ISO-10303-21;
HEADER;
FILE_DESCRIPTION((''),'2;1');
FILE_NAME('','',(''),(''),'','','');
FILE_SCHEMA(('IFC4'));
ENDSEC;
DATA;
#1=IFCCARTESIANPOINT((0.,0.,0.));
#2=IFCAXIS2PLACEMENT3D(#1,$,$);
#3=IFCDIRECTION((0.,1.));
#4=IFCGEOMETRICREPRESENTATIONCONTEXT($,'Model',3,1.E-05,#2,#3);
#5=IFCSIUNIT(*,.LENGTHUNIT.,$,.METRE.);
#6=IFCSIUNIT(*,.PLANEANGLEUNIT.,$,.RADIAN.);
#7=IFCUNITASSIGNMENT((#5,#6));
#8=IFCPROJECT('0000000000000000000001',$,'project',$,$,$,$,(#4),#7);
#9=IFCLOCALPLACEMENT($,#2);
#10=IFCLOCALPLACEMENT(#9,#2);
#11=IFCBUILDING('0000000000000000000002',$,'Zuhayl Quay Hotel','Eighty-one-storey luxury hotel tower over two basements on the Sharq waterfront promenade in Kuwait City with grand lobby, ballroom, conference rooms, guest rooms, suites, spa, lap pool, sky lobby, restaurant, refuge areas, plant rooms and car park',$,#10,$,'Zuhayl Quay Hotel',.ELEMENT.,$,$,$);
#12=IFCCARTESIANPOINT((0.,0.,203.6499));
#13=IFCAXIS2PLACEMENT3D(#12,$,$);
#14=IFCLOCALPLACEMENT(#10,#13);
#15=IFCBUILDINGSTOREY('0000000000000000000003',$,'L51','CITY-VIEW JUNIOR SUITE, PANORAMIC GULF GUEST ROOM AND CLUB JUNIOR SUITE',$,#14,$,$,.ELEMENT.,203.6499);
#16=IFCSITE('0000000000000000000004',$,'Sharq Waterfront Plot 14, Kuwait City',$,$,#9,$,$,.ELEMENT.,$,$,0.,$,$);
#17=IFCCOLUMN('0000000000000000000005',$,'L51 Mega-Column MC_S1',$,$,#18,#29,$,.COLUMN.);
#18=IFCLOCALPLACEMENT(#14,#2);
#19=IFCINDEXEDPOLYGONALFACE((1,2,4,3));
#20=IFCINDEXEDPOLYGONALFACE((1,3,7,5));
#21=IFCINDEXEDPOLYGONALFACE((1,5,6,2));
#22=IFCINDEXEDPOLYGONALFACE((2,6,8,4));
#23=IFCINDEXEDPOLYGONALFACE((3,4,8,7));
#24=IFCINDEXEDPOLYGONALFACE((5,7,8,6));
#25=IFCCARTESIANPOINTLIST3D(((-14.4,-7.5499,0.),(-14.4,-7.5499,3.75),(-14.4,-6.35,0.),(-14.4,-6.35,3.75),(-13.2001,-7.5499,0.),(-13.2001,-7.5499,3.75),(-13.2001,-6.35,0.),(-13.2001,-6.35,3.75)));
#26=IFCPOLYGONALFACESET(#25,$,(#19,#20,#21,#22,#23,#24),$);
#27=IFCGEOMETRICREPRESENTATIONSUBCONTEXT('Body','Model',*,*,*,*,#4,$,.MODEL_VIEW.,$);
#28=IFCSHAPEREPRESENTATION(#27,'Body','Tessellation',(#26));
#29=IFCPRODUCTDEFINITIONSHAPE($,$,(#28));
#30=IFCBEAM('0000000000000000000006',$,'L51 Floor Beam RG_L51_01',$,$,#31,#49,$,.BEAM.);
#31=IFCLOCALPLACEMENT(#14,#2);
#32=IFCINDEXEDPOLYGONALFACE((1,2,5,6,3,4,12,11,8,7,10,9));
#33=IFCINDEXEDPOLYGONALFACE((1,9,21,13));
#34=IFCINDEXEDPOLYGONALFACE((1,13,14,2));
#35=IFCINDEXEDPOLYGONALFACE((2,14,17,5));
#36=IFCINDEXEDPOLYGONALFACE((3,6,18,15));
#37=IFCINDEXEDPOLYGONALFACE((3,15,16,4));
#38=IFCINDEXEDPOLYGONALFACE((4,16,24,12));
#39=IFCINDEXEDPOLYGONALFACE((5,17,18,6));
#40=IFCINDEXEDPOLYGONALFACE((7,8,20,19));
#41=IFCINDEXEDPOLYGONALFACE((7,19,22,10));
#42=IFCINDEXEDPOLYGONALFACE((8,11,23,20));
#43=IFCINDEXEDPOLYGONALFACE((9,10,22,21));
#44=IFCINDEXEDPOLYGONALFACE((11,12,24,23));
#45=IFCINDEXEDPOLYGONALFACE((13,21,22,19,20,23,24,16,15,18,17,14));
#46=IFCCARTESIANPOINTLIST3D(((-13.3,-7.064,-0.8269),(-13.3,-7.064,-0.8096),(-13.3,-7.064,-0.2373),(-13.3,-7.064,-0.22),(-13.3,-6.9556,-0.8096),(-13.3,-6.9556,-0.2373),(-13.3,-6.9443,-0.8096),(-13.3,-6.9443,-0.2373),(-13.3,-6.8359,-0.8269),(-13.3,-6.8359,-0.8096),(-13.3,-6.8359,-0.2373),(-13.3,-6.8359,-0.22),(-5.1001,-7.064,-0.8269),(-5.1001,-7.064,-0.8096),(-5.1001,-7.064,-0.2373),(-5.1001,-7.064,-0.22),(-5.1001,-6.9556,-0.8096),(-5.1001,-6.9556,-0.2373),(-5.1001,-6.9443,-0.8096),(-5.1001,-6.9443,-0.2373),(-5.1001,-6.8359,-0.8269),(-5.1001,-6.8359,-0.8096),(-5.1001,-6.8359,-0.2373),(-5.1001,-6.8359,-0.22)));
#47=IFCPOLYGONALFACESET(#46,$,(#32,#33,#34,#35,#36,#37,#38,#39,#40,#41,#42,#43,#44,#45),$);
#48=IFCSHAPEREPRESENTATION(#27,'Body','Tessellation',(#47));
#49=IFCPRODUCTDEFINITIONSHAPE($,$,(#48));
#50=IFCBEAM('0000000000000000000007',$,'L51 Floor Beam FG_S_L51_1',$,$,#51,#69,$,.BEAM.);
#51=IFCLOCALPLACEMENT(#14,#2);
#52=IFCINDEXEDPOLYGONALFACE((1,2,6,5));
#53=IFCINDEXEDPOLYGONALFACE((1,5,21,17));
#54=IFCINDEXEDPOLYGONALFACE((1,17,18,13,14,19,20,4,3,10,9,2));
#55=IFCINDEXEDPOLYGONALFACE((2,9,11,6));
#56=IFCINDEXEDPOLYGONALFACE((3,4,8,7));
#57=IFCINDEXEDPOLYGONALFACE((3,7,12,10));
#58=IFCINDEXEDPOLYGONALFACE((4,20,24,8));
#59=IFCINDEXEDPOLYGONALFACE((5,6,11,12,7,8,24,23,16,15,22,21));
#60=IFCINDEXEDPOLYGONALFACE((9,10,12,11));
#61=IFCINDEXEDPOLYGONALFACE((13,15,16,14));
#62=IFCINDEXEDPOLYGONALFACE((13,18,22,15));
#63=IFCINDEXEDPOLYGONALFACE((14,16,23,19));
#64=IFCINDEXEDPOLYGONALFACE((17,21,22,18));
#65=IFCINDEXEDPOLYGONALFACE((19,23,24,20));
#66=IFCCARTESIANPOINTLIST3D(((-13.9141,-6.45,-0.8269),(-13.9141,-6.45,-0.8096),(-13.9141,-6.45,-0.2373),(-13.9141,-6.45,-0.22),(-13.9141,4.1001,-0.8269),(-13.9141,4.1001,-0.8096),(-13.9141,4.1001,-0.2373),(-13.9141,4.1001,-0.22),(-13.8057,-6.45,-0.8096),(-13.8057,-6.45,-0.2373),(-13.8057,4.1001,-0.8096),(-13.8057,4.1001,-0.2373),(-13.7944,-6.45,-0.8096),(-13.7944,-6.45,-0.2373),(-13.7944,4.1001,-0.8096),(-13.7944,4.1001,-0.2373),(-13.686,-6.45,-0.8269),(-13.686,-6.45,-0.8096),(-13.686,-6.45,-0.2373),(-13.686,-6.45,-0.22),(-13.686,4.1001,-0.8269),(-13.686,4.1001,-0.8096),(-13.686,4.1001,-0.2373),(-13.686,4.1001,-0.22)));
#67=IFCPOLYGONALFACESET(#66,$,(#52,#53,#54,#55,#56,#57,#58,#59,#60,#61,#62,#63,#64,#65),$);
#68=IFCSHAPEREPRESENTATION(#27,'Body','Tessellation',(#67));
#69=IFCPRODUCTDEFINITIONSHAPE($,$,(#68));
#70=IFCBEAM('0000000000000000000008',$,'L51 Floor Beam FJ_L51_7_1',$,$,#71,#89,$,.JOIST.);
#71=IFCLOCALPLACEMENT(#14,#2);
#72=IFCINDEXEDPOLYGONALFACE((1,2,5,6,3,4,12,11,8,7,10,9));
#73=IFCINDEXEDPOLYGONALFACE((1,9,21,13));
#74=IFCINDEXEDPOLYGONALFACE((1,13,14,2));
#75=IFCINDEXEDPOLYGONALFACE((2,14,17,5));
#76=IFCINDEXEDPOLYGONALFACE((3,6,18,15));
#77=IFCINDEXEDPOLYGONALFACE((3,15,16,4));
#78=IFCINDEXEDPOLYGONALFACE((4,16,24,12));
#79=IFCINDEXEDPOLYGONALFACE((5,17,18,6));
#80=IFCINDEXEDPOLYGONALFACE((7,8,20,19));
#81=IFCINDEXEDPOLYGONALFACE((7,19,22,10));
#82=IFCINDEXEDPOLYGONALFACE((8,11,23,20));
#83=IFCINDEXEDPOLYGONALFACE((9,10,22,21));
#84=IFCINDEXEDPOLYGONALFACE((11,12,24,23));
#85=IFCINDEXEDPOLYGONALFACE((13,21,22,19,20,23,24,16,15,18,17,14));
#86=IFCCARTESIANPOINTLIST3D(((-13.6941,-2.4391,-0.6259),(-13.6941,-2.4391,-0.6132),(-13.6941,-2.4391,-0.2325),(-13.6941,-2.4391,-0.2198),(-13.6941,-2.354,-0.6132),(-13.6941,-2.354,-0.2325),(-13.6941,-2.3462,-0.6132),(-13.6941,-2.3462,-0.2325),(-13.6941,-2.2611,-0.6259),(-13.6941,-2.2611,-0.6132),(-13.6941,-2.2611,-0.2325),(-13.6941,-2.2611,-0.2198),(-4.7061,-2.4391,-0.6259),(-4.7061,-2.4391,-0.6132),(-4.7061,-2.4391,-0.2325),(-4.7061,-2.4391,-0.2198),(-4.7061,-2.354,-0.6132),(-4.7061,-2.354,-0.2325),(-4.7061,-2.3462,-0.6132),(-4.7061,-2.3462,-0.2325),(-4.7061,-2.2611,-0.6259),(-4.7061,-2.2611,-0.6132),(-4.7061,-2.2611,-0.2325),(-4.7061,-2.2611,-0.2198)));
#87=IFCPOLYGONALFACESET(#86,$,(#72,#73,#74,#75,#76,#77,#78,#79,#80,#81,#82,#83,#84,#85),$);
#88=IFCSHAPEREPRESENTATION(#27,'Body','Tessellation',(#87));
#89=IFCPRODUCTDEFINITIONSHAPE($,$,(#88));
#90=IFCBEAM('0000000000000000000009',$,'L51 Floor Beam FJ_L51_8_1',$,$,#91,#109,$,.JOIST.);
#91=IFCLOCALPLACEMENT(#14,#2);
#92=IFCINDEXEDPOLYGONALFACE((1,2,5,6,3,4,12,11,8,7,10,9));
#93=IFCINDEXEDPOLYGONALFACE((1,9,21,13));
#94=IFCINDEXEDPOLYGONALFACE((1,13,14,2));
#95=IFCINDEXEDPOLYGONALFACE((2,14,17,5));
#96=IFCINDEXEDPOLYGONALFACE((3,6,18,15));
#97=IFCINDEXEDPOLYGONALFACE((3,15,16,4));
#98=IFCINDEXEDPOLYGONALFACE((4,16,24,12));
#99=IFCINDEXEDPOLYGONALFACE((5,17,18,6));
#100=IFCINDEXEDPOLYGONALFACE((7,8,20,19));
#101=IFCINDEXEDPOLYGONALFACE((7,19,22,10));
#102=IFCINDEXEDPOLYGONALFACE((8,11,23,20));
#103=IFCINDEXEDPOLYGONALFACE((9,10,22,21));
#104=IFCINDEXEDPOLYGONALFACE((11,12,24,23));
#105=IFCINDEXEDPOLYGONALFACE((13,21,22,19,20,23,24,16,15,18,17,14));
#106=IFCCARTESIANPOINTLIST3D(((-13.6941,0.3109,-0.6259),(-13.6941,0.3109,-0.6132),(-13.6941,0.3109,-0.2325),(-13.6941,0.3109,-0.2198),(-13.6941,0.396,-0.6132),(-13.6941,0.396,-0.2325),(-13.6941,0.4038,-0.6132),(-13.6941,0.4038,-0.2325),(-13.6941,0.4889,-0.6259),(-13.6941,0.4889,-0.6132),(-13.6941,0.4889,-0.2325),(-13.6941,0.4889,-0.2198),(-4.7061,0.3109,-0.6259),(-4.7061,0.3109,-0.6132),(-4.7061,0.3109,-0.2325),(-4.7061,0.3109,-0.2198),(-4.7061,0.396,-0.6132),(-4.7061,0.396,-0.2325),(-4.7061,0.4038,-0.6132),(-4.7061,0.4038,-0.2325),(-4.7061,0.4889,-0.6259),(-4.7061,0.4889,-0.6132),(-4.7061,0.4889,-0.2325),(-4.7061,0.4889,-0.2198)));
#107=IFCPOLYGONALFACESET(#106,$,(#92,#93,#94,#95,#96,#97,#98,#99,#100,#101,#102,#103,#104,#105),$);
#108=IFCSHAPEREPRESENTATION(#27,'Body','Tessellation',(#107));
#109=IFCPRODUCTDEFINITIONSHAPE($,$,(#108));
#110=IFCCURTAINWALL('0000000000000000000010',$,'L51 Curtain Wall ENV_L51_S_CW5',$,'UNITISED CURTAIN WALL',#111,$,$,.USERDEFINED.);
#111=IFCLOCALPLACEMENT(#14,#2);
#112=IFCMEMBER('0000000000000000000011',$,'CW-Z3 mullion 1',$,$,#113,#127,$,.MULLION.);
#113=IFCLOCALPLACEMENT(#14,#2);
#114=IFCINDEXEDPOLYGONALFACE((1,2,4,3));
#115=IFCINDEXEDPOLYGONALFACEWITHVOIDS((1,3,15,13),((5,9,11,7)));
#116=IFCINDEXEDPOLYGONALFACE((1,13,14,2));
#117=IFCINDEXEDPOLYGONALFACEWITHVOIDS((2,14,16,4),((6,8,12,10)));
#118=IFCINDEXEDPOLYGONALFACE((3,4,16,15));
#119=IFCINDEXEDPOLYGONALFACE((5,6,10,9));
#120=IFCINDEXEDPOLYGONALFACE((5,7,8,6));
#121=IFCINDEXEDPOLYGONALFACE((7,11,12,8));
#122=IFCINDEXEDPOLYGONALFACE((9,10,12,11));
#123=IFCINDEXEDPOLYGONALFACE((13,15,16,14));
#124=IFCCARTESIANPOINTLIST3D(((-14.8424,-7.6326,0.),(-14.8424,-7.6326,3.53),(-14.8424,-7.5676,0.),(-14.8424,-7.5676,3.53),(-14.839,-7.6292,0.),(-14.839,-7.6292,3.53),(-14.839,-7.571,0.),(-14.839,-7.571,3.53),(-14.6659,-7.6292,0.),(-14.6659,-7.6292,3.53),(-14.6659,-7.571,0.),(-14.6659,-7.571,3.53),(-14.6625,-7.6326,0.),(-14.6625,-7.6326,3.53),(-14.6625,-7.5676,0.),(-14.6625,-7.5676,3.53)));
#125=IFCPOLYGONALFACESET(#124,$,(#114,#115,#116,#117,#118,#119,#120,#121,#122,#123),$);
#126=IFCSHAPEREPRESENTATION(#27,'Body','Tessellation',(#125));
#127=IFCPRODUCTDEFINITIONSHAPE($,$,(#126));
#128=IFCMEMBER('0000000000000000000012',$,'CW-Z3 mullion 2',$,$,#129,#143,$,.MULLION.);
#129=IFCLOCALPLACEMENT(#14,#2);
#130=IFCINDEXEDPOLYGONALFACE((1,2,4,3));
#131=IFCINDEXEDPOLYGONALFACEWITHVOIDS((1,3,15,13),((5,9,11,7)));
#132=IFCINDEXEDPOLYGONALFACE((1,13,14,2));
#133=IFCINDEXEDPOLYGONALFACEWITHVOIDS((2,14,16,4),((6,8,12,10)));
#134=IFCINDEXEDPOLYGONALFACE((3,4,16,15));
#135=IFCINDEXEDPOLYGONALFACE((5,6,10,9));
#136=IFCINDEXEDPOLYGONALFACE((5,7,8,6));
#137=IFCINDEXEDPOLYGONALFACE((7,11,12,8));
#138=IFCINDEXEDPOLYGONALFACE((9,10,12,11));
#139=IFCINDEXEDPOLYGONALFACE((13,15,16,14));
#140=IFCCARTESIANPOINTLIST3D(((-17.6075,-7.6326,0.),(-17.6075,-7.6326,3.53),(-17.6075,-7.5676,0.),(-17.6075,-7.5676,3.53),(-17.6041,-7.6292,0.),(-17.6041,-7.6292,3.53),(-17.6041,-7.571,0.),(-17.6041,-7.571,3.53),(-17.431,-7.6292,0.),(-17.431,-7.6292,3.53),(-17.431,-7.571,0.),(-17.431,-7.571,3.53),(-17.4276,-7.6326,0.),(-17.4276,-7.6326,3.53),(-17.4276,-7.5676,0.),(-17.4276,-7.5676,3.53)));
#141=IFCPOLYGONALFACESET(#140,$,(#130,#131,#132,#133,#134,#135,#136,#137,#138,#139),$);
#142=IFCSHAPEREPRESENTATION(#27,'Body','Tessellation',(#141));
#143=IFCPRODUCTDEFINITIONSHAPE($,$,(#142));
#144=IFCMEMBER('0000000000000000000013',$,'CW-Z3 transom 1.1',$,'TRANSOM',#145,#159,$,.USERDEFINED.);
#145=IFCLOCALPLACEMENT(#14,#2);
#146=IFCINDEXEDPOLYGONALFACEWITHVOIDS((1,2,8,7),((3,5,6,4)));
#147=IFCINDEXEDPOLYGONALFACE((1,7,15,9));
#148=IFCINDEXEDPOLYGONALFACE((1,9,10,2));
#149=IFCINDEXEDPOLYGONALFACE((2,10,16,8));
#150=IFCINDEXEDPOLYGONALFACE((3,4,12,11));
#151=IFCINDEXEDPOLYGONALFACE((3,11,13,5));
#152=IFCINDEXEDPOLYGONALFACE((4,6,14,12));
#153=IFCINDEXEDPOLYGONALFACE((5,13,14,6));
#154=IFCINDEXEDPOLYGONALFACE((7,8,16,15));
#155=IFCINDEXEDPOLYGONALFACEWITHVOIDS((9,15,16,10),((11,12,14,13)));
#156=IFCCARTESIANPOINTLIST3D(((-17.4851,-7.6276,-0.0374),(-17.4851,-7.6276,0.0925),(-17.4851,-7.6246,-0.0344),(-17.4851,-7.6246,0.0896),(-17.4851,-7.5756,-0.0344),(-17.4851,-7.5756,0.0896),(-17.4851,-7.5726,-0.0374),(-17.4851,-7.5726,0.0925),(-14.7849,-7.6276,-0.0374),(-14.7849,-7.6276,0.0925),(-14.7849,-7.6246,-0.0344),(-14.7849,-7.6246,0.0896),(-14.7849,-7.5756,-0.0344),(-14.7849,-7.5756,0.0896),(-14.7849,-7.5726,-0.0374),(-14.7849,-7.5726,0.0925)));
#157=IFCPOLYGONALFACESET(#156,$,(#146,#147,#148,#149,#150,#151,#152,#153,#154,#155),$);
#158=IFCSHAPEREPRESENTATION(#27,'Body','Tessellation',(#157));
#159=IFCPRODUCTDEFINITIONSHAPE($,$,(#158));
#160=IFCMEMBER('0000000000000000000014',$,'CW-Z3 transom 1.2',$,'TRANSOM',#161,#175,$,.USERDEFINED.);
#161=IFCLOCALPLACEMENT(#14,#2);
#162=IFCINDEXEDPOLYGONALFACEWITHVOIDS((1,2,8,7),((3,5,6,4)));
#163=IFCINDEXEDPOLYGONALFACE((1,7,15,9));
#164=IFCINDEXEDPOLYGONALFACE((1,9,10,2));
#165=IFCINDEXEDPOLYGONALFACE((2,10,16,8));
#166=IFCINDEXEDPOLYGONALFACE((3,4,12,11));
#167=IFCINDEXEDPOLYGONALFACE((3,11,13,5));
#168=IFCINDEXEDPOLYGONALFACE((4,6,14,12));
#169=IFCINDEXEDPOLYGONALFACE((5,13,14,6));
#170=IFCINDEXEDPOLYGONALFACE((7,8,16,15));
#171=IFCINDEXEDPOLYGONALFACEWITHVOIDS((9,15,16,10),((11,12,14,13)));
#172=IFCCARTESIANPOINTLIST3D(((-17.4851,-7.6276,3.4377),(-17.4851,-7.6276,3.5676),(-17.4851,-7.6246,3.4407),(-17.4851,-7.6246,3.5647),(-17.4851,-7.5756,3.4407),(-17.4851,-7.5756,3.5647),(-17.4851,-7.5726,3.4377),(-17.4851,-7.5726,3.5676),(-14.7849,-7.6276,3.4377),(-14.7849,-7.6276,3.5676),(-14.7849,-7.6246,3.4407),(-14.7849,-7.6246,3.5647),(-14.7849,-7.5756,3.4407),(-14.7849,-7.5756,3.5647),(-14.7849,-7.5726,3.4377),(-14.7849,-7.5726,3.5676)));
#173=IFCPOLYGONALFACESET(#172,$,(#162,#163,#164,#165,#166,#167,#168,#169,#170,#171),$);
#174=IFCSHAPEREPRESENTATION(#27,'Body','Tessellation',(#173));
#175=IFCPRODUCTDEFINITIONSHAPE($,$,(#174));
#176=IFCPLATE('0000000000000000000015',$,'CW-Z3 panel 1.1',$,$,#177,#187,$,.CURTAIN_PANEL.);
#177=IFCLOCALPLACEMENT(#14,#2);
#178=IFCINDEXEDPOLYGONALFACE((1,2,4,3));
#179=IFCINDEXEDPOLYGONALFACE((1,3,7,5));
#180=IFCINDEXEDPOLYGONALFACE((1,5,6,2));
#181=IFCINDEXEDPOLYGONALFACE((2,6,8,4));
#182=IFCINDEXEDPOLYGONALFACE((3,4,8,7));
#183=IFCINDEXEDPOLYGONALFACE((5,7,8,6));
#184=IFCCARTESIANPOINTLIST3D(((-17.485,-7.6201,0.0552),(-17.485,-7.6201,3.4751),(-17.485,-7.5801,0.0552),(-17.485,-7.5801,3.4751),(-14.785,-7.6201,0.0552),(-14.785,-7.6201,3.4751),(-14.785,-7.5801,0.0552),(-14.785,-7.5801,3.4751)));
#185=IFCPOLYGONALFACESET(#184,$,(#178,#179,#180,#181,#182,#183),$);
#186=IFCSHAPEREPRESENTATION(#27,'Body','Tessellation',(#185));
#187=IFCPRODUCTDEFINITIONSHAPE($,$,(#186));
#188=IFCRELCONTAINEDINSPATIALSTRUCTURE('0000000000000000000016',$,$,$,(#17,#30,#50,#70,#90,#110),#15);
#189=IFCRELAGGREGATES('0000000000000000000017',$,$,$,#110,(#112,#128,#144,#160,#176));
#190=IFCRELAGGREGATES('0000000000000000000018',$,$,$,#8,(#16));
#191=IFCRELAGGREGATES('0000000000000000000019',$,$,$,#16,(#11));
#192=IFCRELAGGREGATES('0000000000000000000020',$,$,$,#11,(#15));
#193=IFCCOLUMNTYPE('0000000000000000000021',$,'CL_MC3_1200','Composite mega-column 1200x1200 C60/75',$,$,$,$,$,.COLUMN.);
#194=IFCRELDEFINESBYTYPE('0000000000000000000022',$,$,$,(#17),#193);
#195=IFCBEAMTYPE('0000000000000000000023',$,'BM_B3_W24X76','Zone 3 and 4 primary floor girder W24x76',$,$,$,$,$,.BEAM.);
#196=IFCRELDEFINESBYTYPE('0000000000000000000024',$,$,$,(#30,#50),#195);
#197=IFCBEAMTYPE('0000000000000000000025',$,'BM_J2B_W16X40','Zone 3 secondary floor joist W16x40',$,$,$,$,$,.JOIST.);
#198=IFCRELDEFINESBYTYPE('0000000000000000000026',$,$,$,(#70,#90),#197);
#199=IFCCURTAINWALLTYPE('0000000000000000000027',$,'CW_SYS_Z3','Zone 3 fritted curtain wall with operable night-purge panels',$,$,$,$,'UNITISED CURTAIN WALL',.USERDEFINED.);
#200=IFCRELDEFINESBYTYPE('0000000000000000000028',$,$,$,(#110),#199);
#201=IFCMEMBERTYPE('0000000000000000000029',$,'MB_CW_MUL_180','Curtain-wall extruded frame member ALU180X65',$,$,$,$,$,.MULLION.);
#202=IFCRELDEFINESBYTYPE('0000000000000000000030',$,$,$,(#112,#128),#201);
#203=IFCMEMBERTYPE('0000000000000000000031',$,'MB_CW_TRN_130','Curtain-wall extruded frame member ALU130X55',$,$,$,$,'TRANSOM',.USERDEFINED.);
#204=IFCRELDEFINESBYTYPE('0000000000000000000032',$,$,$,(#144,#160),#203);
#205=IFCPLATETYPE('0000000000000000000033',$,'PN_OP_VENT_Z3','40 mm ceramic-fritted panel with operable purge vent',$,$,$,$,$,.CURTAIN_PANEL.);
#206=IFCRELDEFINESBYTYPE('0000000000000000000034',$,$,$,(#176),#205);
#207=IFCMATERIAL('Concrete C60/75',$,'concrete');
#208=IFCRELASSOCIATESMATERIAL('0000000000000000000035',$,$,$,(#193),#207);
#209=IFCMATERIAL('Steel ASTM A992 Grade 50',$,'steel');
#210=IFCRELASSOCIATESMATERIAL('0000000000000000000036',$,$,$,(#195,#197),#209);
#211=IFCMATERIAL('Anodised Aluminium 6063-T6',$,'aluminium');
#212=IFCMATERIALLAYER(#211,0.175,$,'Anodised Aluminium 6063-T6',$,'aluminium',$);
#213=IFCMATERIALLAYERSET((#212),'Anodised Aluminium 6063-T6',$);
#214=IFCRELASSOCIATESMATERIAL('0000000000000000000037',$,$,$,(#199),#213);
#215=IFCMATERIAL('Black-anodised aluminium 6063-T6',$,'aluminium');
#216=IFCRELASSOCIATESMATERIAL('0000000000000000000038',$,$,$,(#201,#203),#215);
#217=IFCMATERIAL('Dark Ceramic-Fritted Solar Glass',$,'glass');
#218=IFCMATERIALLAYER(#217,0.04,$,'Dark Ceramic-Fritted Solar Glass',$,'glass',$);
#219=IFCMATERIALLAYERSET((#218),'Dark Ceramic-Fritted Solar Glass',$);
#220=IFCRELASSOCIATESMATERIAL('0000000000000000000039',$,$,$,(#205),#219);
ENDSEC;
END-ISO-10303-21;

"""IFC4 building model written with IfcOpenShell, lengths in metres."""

from ifc_helpers import new_model, si_unit, direction, frame, origin, origin_2d, place, context, subcontext, project, spatial, rectangle, hollow_rectangle, i_section, extrude, material, layer, layer_set, material_profile, profile_set, type_object, element, aggregate, save


model = new_model("IFC4")

# Units and contexts
model_context = context("Model", 3, precision=1e-05, world=origin(), true_north=direction((0.0, 1.0)))
body_context = subcontext(model_context, "Body", "Model", "MODEL_VIEW")
ifc_project = project(units=[si_unit("LENGTHUNIT", "METRE"), si_unit("PLANEANGLEUNIT", "RADIAN")], contexts=[model_context])

# Site, building, storey
site_placement = place(None, origin())
site = spatial("IfcSite", under=ifc_project, at=site_placement, Name="Sharq Waterfront Plot 14, Kuwait City", CompositionType="ELEMENT", RefElevation=0.0)
building_placement = place(site_placement, origin())
building = spatial("IfcBuilding", under=site, at=building_placement, Name="Zuhayl Quay Hotel", Description="Eighty-one-storey luxury hotel tower over two basements on the Sharq waterfront promenade in Kuwait City with grand lobby, ballroom, conference rooms, guest rooms, suites, spa, lap pool, sky lobby, restaurant, refuge areas, plant rooms and car park", LongName="Zuhayl Quay Hotel", CompositionType="ELEMENT")
storey_placement = place(building_placement, frame((0.0, 0.0, 203.6499)))
storey = spatial("IfcBuildingStorey", under=building, at=storey_placement, Name="L51", Description="CITY-VIEW JUNIOR SUITE, PANORAMIC GULF GUEST ROOM AND CLUB JUNIOR SUITE", CompositionType="ELEMENT", Elevation=203.6499)

# Column
ifc_material_1 = material(Name="Concrete C60/75", Category="concrete")
ifc_material_profile_1 = material_profile(ifc_material_1, rectangle(XDim=1.2, YDim=1.2, at=origin_2d()), Name="RC1200X1200")
ifc_profile_set_1 = profile_set([ifc_material_profile_1], Name="Concrete C60/75")
column_type = type_object("IfcColumnType", Name="CL_MC3_1200", Description="Composite mega-column 1200x1200 C60/75", PredefinedType="COLUMN", material=ifc_profile_set_1)
column_placement = place(storey_placement, frame((-13.8, -6.95, 0.0), z_axis=(0.0, 0.0, 1.0), x_axis=(1.0, 0.0, 0.0)))
element("IfcColumn", 1, at=column_placement, inside=storey, type_object=column_type, Name="L51 Mega-Column MC_S1", PredefinedType="COLUMN", context=body_context, shape_type="SweptSolid", body=[
    extrude(rectangle(XDim=1.2, YDim=1.2, at=origin_2d()), origin(), (0.0, 0.0, 1.0), 3.75),
])

# Beams
ifc_material_2 = material(Name="Steel ASTM A992 Grade 50", Category="steel")
ifc_material_profile_2 = material_profile(ifc_material_2, i_section(OverallWidth=0.228, OverallDepth=0.6069, WebThickness=0.0112, FlangeThickness=0.0173, at=origin_2d()), Name="W24X76")
ifc_profile_set_2 = profile_set([ifc_material_profile_2], Name="Steel ASTM A992 Grade 50")
beam_type_1 = type_object("IfcBeamType", Name="BM_B3_W24X76", Description="Zone 3 and 4 primary floor girder W24x76", PredefinedType="BEAM", material=ifc_profile_set_2)
beam_1_placement = place(storey_placement, frame((-13.3, -6.95, -0.5234), z_axis=(1.0, 0.0, 0.0), x_axis=(0.0, 1.0, 0.0)))
element("IfcBeam", 2, at=beam_1_placement, inside=storey, type_object=beam_type_1, Name="L51 Floor Beam RG_L51_01", PredefinedType="BEAM", context=body_context, shape_type="SweptSolid", body=[
    extrude(i_section(OverallWidth=0.228, OverallDepth=0.6069, WebThickness=0.0112, FlangeThickness=0.0173, at=origin_2d()), origin(), (0.0, 0.0, 1.0), 8.2),
])
beam_2_placement = place(storey_placement, frame((-13.8, -6.45, -0.5234), z_axis=(0.0, 1.0, 0.0), x_axis=(-1.0, 0.0, 0.0)))
element("IfcBeam", 3, at=beam_2_placement, inside=storey, type_object=beam_type_1, Name="L51 Floor Beam FG_S_L51_1", PredefinedType="BEAM", context=body_context, shape_type="SweptSolid", body=[
    extrude(i_section(OverallWidth=0.228, OverallDepth=0.6069, WebThickness=0.0112, FlangeThickness=0.0173, at=origin_2d()), origin(), (0.0, 0.0, 1.0), 10.55),
])
ifc_material_profile_3 = material_profile(ifc_material_2, i_section(OverallWidth=0.178, OverallDepth=0.406, WebThickness=0.0078, FlangeThickness=0.0127, at=origin_2d()), Name="W16X40")
ifc_profile_set_3 = profile_set([ifc_material_profile_3], Name="Steel ASTM A992 Grade 50")
beam_type_2 = type_object("IfcBeamType", Name="BM_J2B_W16X40", Description="Zone 3 secondary floor joist W16x40", PredefinedType="JOIST", material=ifc_profile_set_3)
for number, where, z_axis, x_axis, name in (
    (4, (-13.6941, -2.3501, -0.4229), (1.0, 0.0, 0.0), (0.0, 1.0, 0.0), "L51 Floor Beam FJ_L51_7_1"),
    (5, (-13.6941, 0.3999, -0.4229), (1.0, 0.0, 0.0), (0.0, 1.0, 0.0), "L51 Floor Beam FJ_L51_8_1"),
):
    element("IfcBeam", number, at=place(storey_placement, frame(where, z_axis=z_axis, x_axis=x_axis)), inside=storey, type_object=beam_type_2, Name=name, PredefinedType="JOIST", context=body_context, shape_type="SweptSolid", body=[
        extrude(i_section(OverallWidth=0.178, OverallDepth=0.406, WebThickness=0.0078, FlangeThickness=0.0127, at=origin_2d()), origin(), (0.0, 0.0, 1.0), 8.988),
    ])

# Curtain wall, members, plate
ifc_material_3 = material(Name="Anodised Aluminium 6063-T6", Category="aluminium")
ifc_layer_1 = layer(ifc_material_3, 0.175, Name="Anodised Aluminium 6063-T6", Category="aluminium")
ifc_layer_set_1 = layer_set([ifc_layer_1], Name="Anodised Aluminium 6063-T6")
curtain_wall_type = type_object("IfcCurtainWallType", Name="CW_SYS_Z3", Description="Zone 3 fritted curtain wall with operable night-purge panels", ElementType="UNITISED CURTAIN WALL", PredefinedType="USERDEFINED", material=ifc_layer_set_1)
curtain_wall_placement = place(storey_placement, origin())
curtain_wall = element("IfcCurtainWall", 6, at=curtain_wall_placement, inside=storey, type_object=curtain_wall_type, Name="L51 Curtain Wall ENV_L51_S_CW5", ObjectType="UNITISED CURTAIN WALL", PredefinedType="USERDEFINED")
ifc_material_4 = material(Name="Black-anodised aluminium 6063-T6", Category="aluminium")
ifc_material_profile_4 = material_profile(ifc_material_4, hollow_rectangle(XDim=0.0649, YDim=0.1799, WallThickness=0.0034, at=origin_2d()), Name="ALU180X65")
ifc_profile_set_4 = profile_set([ifc_material_profile_4], Name="Black-anodised aluminium 6063-T6")
member_type_1 = type_object("IfcMemberType", Name="MB_CW_MUL_180", Description="Curtain-wall extruded frame member ALU180X65", PredefinedType="MULLION", material=ifc_profile_set_4)
member_1_placement = place(storey_placement, frame((-14.7524, -7.6001, 0.0), z_axis=(0.0, 0.0, 1.0), x_axis=(0.0, -1.0, 0.0)))
member_1 = element("IfcMember", 7, at=member_1_placement, type_object=member_type_1, Name="CW-Z3 mullion 1", PredefinedType="MULLION", context=body_context, shape_type="SweptSolid", body=[
    extrude(hollow_rectangle(XDim=0.0649, YDim=0.1799, WallThickness=0.0034, at=origin_2d()), origin(), (0.0, 0.0, 1.0), 3.53),
])
member_2_placement = place(storey_placement, frame((-17.5176, -7.6001, 0.0), z_axis=(0.0, 0.0, 1.0), x_axis=(0.0, -1.0, 0.0)))
member_2 = element("IfcMember", 8, at=member_2_placement, type_object=member_type_1, Name="CW-Z3 mullion 2", PredefinedType="MULLION", context=body_context, shape_type="SweptSolid", body=[
    extrude(hollow_rectangle(XDim=0.0649, YDim=0.1799, WallThickness=0.0034, at=origin_2d()), origin(), (0.0, 0.0, 1.0), 3.53),
])
ifc_material_profile_5 = material_profile(ifc_material_4, hollow_rectangle(XDim=0.0549, YDim=0.1299, WallThickness=0.0029, at=origin_2d()), Name="ALU130X55")
ifc_profile_set_5 = profile_set([ifc_material_profile_5], Name="Black-anodised aluminium 6063-T6")
member_type_2 = type_object("IfcMemberType", Name="MB_CW_TRN_130", Description="Curtain-wall extruded frame member ALU130X55", ElementType="TRANSOM", PredefinedType="USERDEFINED", material=ifc_profile_set_5)
member_3_placement = place(storey_placement, frame((-14.7849, -7.6001, 0.0276), z_axis=(-1.0, 0.0, 0.0), x_axis=(0.0, -1.0, 0.0)))
member_3 = element("IfcMember", 9, at=member_3_placement, type_object=member_type_2, Name="CW-Z3 transom 1.1", ObjectType="TRANSOM", PredefinedType="USERDEFINED", context=body_context, shape_type="SweptSolid", body=[
    extrude(hollow_rectangle(XDim=0.0549, YDim=0.1299, WallThickness=0.0029, at=origin_2d()), origin(), (0.0, 0.0, 1.0), 2.7002),
])
member_4_placement = place(storey_placement, frame((-14.7849, -7.6001, 3.5027), z_axis=(-1.0, 0.0, 0.0), x_axis=(0.0, -1.0, 0.0)))
member_4 = element("IfcMember", 10, at=member_4_placement, type_object=member_type_2, Name="CW-Z3 transom 1.2", ObjectType="TRANSOM", PredefinedType="USERDEFINED", context=body_context, shape_type="SweptSolid", body=[
    extrude(hollow_rectangle(XDim=0.0549, YDim=0.1299, WallThickness=0.0029, at=origin_2d()), origin(), (0.0, 0.0, 1.0), 2.7002),
])
ifc_material_5 = material(Name="Dark Ceramic-Fritted Solar Glass", Category="glass")
ifc_layer_2 = layer(ifc_material_5, 0.04, Name="Dark Ceramic-Fritted Solar Glass", Category="glass")
ifc_layer_set_2 = layer_set([ifc_layer_2], Name="Dark Ceramic-Fritted Solar Glass")
plate_type = type_object("IfcPlateType", Name="PN_OP_VENT_Z3", Description="40 mm ceramic-fritted panel with operable purge vent", PredefinedType="CURTAIN_PANEL", material=ifc_layer_set_2)
plate_placement = place(storey_placement, frame((-16.135, -7.6001, 0.0552), z_axis=(0.0, 0.0, 1.0), x_axis=(-1.0, 0.0, 0.0)))
plate = element("IfcPlate", 11, at=plate_placement, type_object=plate_type, Name="CW-Z3 panel 1.1", PredefinedType="CURTAIN_PANEL", context=body_context, shape_type="SweptSolid", body=[
    extrude(rectangle(XDim=2.7, YDim=0.04, at=origin_2d()), origin(), (0.0, 0.0, 1.0), 3.4199),
])
aggregate(curtain_wall, [member_1, member_2, member_3, member_4, plate])

save(model, "model.ifc")
